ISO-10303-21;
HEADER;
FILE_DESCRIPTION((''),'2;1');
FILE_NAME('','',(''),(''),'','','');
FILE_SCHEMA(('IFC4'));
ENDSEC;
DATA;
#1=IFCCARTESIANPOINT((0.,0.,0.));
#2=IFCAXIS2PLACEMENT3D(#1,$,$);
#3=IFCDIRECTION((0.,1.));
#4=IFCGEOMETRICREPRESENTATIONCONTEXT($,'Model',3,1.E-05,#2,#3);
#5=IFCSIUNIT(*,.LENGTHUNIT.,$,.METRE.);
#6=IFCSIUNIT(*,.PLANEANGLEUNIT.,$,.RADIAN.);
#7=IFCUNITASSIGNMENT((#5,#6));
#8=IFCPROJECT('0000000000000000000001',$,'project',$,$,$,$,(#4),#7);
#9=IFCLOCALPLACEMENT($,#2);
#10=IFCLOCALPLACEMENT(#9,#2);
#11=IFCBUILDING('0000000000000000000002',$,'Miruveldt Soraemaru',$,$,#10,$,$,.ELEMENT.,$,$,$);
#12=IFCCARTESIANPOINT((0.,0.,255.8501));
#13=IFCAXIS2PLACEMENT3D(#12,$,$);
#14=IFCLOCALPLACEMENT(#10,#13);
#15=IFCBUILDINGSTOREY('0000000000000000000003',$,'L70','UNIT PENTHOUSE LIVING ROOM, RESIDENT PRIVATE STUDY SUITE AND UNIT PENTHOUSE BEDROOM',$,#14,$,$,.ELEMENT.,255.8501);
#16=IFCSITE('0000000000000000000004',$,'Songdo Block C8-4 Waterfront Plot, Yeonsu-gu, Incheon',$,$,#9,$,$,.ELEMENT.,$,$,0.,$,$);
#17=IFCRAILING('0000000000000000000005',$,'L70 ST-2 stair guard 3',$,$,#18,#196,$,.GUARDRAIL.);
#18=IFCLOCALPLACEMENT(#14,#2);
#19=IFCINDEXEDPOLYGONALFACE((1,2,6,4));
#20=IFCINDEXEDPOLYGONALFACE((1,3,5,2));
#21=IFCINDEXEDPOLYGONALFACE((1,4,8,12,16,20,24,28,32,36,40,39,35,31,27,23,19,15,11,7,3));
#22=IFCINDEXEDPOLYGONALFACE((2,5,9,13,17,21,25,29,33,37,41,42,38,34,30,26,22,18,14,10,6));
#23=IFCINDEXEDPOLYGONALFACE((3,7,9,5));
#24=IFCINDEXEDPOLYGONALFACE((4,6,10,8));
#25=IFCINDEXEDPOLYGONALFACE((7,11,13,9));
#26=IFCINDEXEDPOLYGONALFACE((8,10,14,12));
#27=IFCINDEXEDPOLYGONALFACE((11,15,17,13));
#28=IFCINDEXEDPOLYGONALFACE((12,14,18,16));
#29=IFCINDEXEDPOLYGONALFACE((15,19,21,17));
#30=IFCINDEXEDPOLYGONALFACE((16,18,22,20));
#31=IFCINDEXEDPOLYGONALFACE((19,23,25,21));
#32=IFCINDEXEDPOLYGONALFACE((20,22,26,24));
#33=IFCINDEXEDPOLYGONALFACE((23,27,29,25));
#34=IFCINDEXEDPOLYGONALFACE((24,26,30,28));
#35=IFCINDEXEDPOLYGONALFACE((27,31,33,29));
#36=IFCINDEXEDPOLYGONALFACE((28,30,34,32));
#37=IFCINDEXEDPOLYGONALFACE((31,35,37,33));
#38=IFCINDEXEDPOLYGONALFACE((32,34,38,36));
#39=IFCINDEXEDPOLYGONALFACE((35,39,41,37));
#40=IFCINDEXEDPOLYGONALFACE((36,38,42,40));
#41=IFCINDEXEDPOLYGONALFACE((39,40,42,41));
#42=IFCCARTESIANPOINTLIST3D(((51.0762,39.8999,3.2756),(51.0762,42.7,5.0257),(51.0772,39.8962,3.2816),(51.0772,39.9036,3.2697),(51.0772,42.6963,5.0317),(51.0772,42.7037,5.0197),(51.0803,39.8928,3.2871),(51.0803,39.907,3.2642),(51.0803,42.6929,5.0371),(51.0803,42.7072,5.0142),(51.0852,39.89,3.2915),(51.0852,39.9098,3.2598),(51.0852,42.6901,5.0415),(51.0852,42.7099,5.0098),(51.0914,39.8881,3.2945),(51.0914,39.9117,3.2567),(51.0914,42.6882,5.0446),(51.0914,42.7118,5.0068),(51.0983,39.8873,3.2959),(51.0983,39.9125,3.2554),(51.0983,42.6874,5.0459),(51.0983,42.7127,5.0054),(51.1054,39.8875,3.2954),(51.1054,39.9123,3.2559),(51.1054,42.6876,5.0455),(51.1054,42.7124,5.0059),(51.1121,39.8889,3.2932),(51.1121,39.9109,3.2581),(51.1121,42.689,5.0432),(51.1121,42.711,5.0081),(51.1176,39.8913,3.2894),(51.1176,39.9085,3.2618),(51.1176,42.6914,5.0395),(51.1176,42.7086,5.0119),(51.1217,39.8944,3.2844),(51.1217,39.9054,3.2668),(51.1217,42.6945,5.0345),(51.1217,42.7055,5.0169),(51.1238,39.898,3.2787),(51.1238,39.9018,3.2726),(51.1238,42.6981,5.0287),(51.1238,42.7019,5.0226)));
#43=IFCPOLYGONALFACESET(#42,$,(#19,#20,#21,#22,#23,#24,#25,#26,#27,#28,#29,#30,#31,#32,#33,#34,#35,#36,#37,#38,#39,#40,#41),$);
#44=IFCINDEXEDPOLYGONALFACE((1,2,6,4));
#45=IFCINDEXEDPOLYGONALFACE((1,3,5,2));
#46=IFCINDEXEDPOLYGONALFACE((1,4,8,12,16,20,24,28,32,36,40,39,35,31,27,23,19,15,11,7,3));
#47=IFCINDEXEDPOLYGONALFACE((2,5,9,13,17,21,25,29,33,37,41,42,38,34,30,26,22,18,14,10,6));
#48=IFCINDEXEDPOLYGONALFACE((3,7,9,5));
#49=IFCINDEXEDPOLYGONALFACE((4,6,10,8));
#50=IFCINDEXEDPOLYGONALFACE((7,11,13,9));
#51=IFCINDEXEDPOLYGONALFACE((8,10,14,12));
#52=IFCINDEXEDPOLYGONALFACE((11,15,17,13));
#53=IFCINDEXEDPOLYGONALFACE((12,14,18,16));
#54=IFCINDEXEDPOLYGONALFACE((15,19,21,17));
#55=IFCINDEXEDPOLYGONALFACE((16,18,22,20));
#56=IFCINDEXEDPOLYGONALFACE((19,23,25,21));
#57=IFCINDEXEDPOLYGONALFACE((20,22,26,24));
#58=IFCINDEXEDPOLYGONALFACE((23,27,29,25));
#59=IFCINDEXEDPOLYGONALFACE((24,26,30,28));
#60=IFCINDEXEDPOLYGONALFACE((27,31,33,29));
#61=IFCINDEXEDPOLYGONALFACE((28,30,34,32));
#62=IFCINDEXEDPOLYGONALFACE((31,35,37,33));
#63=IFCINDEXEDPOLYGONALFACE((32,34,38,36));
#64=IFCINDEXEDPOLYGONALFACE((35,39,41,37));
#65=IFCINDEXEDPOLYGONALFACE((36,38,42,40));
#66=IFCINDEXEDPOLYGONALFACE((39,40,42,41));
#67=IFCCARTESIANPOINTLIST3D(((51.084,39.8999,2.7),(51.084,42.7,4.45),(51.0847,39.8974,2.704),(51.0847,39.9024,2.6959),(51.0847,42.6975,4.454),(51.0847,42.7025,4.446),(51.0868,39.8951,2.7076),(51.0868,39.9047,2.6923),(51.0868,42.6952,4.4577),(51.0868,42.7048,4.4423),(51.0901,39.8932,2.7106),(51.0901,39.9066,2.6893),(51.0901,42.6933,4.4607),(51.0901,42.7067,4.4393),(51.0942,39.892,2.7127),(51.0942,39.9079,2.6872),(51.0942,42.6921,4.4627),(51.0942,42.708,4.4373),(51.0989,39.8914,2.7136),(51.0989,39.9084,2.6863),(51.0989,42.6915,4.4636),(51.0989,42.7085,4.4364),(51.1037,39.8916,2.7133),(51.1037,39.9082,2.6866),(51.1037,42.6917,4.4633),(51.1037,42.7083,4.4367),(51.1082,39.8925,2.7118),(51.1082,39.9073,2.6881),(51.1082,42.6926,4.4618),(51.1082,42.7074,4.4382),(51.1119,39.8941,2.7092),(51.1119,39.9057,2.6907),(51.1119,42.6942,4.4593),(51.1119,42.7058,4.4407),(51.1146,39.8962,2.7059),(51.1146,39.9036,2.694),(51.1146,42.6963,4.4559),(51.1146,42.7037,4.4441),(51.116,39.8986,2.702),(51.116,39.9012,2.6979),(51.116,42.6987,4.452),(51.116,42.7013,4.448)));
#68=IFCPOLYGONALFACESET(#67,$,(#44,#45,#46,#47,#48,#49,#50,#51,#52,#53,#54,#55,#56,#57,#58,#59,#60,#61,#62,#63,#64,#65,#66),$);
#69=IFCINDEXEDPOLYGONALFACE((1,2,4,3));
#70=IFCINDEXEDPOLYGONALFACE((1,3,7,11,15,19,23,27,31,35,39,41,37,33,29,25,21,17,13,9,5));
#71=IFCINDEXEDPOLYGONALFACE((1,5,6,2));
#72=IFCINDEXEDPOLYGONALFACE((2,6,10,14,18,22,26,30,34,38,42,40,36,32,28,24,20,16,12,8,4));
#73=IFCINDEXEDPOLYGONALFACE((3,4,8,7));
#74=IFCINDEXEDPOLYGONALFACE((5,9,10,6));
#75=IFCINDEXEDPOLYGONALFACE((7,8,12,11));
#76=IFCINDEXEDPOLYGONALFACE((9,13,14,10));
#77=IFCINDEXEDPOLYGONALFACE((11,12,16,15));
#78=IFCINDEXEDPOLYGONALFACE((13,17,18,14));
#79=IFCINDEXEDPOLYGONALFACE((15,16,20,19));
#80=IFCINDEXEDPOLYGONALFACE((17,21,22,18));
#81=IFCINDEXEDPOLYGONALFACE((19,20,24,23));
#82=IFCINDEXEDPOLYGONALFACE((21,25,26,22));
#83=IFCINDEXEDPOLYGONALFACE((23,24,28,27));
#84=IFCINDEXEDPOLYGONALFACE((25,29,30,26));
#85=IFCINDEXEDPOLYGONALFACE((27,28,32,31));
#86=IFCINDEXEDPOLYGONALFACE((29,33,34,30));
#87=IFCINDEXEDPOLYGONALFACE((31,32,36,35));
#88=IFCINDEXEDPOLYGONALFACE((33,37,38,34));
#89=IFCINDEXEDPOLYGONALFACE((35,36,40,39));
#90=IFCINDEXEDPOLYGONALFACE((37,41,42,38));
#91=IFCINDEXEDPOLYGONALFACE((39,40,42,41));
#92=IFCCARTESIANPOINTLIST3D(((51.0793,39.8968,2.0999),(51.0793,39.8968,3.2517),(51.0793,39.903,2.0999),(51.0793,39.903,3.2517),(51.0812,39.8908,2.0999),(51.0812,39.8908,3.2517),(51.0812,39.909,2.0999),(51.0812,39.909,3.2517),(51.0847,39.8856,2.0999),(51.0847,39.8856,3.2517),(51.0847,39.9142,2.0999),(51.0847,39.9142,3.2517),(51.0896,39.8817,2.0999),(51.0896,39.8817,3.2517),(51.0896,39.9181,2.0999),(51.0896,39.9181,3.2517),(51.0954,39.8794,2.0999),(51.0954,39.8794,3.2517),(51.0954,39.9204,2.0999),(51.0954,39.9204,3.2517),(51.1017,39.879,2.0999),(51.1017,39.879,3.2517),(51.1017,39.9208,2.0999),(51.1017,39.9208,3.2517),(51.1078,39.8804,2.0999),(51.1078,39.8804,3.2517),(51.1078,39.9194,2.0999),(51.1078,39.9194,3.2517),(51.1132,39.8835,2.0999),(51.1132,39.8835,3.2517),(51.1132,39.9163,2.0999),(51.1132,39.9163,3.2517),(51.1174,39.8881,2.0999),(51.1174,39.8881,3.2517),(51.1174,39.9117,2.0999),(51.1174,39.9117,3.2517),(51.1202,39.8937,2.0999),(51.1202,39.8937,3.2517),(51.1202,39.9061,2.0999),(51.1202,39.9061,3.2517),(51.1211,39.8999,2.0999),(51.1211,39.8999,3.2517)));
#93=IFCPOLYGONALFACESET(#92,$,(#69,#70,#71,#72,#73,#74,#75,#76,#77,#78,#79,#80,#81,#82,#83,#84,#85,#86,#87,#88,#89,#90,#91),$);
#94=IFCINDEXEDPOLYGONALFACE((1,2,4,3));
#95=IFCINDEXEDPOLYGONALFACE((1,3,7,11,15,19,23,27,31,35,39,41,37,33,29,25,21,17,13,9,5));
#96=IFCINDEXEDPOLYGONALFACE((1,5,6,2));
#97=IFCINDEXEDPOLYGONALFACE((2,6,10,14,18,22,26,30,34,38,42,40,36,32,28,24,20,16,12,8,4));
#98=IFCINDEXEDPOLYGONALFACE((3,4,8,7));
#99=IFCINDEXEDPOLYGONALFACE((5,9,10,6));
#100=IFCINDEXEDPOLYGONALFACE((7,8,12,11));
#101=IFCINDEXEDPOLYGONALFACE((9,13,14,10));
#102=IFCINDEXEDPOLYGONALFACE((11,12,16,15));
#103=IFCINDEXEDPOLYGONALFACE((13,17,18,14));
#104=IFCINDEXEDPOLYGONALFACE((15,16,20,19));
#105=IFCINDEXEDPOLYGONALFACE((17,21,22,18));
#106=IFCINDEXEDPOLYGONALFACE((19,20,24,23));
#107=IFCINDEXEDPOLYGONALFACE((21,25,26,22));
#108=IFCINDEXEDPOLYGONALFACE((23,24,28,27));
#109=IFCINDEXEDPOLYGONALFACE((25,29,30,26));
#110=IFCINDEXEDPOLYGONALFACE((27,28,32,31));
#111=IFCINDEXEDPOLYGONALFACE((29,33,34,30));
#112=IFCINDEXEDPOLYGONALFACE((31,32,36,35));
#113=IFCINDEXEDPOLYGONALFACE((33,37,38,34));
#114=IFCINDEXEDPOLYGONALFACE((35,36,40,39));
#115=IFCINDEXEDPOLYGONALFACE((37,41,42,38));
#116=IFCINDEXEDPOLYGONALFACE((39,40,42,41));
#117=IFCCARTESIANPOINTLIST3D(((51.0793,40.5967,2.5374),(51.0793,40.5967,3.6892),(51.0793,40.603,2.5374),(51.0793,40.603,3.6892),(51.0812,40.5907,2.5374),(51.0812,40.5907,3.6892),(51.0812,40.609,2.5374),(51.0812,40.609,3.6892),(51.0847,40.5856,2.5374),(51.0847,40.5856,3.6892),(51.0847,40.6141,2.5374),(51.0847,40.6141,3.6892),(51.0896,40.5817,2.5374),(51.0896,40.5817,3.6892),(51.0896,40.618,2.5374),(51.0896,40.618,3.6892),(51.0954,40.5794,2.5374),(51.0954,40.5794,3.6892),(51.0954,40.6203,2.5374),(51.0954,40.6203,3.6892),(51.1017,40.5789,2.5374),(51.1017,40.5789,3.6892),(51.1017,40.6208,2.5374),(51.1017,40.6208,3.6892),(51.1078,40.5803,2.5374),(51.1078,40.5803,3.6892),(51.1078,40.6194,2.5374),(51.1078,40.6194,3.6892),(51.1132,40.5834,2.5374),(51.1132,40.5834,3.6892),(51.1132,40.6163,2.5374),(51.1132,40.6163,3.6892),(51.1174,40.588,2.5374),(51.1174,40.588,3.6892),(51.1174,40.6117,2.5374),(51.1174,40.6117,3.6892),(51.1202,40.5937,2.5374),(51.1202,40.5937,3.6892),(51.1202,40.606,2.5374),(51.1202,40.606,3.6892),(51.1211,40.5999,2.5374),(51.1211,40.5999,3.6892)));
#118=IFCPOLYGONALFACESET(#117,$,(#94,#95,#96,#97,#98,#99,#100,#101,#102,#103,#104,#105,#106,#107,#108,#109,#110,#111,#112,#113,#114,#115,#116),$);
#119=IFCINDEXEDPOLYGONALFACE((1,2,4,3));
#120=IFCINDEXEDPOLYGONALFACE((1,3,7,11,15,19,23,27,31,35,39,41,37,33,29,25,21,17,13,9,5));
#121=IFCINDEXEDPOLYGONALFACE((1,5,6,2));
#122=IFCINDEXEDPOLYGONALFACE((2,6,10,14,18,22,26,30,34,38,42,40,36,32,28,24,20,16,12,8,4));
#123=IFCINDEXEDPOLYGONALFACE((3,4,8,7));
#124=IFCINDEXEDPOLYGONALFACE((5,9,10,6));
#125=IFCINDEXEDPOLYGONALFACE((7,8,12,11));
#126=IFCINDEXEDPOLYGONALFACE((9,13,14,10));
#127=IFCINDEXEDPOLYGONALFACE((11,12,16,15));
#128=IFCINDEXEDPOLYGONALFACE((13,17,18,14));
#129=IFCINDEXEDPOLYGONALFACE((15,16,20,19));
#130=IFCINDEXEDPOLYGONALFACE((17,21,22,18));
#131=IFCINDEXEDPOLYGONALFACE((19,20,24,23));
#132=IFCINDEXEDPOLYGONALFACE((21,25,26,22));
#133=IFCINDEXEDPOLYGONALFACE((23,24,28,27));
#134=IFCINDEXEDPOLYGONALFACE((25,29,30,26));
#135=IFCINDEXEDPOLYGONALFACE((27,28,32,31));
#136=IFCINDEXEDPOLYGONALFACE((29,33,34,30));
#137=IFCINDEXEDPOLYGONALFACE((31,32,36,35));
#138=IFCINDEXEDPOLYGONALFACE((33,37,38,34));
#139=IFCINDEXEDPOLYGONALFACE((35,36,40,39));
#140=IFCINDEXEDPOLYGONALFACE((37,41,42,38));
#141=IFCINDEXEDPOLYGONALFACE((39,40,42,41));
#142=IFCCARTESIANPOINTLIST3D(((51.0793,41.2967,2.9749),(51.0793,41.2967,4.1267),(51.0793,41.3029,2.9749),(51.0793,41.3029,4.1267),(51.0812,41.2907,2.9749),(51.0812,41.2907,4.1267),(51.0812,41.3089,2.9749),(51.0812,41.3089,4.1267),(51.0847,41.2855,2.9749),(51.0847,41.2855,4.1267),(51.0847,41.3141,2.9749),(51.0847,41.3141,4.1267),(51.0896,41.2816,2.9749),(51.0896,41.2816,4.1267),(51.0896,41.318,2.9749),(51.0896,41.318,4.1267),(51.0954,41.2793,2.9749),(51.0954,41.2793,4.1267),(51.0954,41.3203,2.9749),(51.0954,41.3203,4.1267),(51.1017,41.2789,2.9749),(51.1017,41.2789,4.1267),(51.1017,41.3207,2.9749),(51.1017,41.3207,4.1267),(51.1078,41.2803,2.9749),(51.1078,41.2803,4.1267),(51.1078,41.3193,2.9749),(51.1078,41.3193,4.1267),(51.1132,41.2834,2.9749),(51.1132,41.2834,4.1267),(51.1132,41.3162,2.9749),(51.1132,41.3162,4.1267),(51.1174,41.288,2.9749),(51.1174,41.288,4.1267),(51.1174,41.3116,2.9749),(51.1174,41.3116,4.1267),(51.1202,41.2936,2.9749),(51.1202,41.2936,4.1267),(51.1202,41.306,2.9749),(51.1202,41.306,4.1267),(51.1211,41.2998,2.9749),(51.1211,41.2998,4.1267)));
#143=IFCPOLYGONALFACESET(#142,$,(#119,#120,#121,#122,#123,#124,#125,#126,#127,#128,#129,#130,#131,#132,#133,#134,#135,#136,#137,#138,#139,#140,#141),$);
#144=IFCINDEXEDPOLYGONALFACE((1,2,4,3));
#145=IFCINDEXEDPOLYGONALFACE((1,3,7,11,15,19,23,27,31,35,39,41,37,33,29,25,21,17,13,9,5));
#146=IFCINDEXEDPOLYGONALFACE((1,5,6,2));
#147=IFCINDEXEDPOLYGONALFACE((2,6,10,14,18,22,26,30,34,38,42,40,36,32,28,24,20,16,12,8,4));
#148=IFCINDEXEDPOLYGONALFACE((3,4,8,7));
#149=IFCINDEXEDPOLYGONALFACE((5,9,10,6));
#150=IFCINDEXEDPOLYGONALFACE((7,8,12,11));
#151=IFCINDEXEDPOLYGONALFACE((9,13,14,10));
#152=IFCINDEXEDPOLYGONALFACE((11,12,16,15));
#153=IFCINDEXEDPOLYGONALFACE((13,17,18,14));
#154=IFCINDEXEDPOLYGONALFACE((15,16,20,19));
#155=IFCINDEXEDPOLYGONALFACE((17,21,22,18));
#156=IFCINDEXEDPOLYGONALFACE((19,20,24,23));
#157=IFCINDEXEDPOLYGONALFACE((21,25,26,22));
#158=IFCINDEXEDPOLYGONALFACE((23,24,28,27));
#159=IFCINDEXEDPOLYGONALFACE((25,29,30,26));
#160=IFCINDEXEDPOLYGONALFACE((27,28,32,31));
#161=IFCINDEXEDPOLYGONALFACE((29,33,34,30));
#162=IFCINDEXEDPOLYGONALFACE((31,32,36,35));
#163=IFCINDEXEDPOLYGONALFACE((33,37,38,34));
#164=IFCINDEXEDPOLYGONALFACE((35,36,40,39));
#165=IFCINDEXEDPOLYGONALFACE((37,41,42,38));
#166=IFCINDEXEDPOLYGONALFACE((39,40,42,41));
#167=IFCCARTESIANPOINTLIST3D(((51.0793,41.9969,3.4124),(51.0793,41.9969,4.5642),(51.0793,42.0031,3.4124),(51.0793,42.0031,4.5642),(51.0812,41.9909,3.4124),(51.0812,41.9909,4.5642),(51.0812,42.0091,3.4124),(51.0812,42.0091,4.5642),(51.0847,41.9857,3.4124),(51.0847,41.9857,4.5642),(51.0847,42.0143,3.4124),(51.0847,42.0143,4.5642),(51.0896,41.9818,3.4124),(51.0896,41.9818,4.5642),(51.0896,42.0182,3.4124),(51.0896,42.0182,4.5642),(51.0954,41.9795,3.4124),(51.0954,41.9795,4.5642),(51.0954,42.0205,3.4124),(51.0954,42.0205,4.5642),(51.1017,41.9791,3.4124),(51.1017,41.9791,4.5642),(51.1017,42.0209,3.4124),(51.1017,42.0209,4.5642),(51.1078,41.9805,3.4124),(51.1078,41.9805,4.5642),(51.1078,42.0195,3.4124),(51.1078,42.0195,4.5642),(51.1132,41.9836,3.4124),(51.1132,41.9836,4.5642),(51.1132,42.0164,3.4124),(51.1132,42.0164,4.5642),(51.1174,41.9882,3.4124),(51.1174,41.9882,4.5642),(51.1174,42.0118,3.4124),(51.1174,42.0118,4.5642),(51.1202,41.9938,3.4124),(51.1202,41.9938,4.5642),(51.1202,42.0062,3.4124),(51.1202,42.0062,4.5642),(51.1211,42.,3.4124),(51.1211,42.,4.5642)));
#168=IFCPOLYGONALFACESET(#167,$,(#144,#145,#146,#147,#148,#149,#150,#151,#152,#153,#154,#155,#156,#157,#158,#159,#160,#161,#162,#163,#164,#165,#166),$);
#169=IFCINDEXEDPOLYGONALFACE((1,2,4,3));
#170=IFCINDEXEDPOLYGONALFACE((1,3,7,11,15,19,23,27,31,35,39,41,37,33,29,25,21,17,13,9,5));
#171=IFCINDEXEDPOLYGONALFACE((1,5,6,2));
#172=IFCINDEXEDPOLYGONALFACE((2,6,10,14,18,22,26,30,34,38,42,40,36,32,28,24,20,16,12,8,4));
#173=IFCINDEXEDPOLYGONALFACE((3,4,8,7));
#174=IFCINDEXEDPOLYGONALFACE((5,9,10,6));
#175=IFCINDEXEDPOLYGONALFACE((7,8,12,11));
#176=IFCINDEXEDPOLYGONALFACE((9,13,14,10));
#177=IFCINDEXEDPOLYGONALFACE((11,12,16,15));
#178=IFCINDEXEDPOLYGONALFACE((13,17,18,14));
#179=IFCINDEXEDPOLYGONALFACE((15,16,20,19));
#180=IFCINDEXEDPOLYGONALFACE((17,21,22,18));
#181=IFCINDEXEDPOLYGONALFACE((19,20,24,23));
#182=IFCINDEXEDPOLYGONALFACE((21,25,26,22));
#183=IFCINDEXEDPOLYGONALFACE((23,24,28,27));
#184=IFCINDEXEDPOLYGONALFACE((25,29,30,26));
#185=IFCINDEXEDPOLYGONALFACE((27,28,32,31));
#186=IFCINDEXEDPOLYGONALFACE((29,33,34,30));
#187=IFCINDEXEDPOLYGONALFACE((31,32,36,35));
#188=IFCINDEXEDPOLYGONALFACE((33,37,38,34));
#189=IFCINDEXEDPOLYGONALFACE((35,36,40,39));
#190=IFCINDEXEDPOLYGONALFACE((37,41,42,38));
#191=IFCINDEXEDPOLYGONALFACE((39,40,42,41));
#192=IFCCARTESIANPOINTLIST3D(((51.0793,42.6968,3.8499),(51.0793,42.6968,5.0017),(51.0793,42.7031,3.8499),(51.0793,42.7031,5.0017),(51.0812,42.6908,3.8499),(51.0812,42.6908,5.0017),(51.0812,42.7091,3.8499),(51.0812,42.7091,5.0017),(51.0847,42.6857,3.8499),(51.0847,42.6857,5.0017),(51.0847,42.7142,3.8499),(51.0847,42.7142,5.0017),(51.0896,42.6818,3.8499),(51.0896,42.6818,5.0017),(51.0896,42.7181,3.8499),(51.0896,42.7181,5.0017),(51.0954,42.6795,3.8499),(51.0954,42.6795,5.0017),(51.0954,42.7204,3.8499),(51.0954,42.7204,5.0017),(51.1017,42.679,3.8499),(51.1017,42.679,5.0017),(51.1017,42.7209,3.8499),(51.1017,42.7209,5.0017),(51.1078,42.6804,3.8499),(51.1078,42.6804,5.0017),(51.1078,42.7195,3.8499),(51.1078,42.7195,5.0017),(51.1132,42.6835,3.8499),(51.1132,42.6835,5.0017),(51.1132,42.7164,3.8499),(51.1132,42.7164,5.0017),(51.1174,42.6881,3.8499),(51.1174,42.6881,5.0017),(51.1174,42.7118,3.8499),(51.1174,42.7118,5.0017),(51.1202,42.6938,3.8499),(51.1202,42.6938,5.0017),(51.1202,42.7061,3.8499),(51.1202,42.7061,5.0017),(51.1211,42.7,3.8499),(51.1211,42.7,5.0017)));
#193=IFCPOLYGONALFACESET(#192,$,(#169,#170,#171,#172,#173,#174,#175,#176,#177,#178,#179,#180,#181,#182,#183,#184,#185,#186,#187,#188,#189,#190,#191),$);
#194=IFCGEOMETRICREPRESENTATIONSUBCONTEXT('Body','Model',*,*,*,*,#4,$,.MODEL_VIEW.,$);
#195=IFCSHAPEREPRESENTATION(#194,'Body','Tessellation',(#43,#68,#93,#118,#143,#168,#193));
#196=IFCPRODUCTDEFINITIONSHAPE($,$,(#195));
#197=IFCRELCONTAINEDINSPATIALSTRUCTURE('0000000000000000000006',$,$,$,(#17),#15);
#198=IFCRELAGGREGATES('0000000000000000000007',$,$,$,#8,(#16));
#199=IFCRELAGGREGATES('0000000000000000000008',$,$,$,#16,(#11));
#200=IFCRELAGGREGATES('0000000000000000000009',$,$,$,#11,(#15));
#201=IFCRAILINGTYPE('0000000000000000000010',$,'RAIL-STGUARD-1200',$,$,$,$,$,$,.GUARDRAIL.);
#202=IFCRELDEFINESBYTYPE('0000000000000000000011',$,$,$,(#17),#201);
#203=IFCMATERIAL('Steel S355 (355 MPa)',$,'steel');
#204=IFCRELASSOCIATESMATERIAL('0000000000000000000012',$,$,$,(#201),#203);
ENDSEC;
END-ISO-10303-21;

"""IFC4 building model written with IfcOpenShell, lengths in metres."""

from ifc_helpers import new_model, si_unit, direction, frame, origin, origin_2d, place, context, subcontext, project, spatial, circle, extrude, material, type_object, element, save


model = new_model("IFC4")

# Units and contexts
model_context = context("Model", 3, precision=1e-05, world=origin(), true_north=direction((0.0, 1.0)))
body_context = subcontext(model_context, "Body", "Model", "MODEL_VIEW")
ifc_project = project(units=[si_unit("LENGTHUNIT", "METRE"), si_unit("PLANEANGLEUNIT", "RADIAN")], contexts=[model_context])

# Site, building, storey
site_placement = place(None, origin())
site = spatial("IfcSite", under=ifc_project, at=site_placement, Name="Songdo Block C8-4 Waterfront Plot, Yeonsu-gu, Incheon", CompositionType="ELEMENT", RefElevation=0.0)
building_placement = place(site_placement, origin())
building = spatial("IfcBuilding", under=site, at=building_placement, Name="Miruveldt Soraemaru", CompositionType="ELEMENT")
storey_placement = place(building_placement, frame((0.0, 0.0, 255.8501)))
storey = spatial("IfcBuildingStorey", under=building, at=storey_placement, Name="L70", Description="UNIT PENTHOUSE LIVING ROOM, RESIDENT PRIVATE STUDY SUITE AND UNIT PENTHOUSE BEDROOM", CompositionType="ELEMENT", Elevation=255.8501)

# Railing
ifc_material_1 = material(Name="Steel S355 (355 MPa)", Category="steel")
railing_type_1 = type_object("IfcRailingType", Name="RAIL-STGUARD-1200", PredefinedType="GUARDRAIL", material=ifc_material_1)
railing_1_placement = place(storey_placement, frame((51.1001, 39.8999, 2.0999)))
element("IfcRailing", 1, at=railing_1_placement, inside=storey, type_object=railing_type_1, Name="L70 ST-2 stair guard 3", PredefinedType="GUARDRAIL", context=body_context, shape_type="SweptSolid", body=[
    extrude(circle(Radius=0.0239, at=origin_2d()), frame((0.0, 0.0, 1.1758), z_axis=(0.0, 0.848002, 0.529992), x_axis=(-1.0, 0.0, 0.0)), (0.0, 0.0, 1.0), 3.302),
    extrude(circle(Radius=0.0161, at=origin_2d()), frame((0.0, 0.0, 0.6001), z_axis=(0.0, 0.848002, 0.529992), x_axis=(-1.0, 0.0, 0.0)), (0.0, 0.0, 1.0), 3.302),
    extrude(circle(Radius=0.021, at=origin_2d()), origin(), (0.0, 0.0, 1.0), 1.1519),
    extrude(circle(Radius=0.021, at=origin_2d()), frame((0.0, 0.7, 0.4375)), (0.0, 0.0, 1.0), 1.1519),
    extrude(circle(Radius=0.021, at=origin_2d()), frame((0.0, 1.3999, 0.875)), (0.0, 0.0, 1.0), 1.1519),
    extrude(circle(Radius=0.021, at=origin_2d()), frame((0.0, 2.1001, 1.3125)), (0.0, 0.0, 1.0), 1.1519),
    extrude(circle(Radius=0.021, at=origin_2d()), frame((0.0, 2.8, 1.75)), (0.0, 0.0, 1.0), 1.1519),
])

save(model, "model.ifc")
